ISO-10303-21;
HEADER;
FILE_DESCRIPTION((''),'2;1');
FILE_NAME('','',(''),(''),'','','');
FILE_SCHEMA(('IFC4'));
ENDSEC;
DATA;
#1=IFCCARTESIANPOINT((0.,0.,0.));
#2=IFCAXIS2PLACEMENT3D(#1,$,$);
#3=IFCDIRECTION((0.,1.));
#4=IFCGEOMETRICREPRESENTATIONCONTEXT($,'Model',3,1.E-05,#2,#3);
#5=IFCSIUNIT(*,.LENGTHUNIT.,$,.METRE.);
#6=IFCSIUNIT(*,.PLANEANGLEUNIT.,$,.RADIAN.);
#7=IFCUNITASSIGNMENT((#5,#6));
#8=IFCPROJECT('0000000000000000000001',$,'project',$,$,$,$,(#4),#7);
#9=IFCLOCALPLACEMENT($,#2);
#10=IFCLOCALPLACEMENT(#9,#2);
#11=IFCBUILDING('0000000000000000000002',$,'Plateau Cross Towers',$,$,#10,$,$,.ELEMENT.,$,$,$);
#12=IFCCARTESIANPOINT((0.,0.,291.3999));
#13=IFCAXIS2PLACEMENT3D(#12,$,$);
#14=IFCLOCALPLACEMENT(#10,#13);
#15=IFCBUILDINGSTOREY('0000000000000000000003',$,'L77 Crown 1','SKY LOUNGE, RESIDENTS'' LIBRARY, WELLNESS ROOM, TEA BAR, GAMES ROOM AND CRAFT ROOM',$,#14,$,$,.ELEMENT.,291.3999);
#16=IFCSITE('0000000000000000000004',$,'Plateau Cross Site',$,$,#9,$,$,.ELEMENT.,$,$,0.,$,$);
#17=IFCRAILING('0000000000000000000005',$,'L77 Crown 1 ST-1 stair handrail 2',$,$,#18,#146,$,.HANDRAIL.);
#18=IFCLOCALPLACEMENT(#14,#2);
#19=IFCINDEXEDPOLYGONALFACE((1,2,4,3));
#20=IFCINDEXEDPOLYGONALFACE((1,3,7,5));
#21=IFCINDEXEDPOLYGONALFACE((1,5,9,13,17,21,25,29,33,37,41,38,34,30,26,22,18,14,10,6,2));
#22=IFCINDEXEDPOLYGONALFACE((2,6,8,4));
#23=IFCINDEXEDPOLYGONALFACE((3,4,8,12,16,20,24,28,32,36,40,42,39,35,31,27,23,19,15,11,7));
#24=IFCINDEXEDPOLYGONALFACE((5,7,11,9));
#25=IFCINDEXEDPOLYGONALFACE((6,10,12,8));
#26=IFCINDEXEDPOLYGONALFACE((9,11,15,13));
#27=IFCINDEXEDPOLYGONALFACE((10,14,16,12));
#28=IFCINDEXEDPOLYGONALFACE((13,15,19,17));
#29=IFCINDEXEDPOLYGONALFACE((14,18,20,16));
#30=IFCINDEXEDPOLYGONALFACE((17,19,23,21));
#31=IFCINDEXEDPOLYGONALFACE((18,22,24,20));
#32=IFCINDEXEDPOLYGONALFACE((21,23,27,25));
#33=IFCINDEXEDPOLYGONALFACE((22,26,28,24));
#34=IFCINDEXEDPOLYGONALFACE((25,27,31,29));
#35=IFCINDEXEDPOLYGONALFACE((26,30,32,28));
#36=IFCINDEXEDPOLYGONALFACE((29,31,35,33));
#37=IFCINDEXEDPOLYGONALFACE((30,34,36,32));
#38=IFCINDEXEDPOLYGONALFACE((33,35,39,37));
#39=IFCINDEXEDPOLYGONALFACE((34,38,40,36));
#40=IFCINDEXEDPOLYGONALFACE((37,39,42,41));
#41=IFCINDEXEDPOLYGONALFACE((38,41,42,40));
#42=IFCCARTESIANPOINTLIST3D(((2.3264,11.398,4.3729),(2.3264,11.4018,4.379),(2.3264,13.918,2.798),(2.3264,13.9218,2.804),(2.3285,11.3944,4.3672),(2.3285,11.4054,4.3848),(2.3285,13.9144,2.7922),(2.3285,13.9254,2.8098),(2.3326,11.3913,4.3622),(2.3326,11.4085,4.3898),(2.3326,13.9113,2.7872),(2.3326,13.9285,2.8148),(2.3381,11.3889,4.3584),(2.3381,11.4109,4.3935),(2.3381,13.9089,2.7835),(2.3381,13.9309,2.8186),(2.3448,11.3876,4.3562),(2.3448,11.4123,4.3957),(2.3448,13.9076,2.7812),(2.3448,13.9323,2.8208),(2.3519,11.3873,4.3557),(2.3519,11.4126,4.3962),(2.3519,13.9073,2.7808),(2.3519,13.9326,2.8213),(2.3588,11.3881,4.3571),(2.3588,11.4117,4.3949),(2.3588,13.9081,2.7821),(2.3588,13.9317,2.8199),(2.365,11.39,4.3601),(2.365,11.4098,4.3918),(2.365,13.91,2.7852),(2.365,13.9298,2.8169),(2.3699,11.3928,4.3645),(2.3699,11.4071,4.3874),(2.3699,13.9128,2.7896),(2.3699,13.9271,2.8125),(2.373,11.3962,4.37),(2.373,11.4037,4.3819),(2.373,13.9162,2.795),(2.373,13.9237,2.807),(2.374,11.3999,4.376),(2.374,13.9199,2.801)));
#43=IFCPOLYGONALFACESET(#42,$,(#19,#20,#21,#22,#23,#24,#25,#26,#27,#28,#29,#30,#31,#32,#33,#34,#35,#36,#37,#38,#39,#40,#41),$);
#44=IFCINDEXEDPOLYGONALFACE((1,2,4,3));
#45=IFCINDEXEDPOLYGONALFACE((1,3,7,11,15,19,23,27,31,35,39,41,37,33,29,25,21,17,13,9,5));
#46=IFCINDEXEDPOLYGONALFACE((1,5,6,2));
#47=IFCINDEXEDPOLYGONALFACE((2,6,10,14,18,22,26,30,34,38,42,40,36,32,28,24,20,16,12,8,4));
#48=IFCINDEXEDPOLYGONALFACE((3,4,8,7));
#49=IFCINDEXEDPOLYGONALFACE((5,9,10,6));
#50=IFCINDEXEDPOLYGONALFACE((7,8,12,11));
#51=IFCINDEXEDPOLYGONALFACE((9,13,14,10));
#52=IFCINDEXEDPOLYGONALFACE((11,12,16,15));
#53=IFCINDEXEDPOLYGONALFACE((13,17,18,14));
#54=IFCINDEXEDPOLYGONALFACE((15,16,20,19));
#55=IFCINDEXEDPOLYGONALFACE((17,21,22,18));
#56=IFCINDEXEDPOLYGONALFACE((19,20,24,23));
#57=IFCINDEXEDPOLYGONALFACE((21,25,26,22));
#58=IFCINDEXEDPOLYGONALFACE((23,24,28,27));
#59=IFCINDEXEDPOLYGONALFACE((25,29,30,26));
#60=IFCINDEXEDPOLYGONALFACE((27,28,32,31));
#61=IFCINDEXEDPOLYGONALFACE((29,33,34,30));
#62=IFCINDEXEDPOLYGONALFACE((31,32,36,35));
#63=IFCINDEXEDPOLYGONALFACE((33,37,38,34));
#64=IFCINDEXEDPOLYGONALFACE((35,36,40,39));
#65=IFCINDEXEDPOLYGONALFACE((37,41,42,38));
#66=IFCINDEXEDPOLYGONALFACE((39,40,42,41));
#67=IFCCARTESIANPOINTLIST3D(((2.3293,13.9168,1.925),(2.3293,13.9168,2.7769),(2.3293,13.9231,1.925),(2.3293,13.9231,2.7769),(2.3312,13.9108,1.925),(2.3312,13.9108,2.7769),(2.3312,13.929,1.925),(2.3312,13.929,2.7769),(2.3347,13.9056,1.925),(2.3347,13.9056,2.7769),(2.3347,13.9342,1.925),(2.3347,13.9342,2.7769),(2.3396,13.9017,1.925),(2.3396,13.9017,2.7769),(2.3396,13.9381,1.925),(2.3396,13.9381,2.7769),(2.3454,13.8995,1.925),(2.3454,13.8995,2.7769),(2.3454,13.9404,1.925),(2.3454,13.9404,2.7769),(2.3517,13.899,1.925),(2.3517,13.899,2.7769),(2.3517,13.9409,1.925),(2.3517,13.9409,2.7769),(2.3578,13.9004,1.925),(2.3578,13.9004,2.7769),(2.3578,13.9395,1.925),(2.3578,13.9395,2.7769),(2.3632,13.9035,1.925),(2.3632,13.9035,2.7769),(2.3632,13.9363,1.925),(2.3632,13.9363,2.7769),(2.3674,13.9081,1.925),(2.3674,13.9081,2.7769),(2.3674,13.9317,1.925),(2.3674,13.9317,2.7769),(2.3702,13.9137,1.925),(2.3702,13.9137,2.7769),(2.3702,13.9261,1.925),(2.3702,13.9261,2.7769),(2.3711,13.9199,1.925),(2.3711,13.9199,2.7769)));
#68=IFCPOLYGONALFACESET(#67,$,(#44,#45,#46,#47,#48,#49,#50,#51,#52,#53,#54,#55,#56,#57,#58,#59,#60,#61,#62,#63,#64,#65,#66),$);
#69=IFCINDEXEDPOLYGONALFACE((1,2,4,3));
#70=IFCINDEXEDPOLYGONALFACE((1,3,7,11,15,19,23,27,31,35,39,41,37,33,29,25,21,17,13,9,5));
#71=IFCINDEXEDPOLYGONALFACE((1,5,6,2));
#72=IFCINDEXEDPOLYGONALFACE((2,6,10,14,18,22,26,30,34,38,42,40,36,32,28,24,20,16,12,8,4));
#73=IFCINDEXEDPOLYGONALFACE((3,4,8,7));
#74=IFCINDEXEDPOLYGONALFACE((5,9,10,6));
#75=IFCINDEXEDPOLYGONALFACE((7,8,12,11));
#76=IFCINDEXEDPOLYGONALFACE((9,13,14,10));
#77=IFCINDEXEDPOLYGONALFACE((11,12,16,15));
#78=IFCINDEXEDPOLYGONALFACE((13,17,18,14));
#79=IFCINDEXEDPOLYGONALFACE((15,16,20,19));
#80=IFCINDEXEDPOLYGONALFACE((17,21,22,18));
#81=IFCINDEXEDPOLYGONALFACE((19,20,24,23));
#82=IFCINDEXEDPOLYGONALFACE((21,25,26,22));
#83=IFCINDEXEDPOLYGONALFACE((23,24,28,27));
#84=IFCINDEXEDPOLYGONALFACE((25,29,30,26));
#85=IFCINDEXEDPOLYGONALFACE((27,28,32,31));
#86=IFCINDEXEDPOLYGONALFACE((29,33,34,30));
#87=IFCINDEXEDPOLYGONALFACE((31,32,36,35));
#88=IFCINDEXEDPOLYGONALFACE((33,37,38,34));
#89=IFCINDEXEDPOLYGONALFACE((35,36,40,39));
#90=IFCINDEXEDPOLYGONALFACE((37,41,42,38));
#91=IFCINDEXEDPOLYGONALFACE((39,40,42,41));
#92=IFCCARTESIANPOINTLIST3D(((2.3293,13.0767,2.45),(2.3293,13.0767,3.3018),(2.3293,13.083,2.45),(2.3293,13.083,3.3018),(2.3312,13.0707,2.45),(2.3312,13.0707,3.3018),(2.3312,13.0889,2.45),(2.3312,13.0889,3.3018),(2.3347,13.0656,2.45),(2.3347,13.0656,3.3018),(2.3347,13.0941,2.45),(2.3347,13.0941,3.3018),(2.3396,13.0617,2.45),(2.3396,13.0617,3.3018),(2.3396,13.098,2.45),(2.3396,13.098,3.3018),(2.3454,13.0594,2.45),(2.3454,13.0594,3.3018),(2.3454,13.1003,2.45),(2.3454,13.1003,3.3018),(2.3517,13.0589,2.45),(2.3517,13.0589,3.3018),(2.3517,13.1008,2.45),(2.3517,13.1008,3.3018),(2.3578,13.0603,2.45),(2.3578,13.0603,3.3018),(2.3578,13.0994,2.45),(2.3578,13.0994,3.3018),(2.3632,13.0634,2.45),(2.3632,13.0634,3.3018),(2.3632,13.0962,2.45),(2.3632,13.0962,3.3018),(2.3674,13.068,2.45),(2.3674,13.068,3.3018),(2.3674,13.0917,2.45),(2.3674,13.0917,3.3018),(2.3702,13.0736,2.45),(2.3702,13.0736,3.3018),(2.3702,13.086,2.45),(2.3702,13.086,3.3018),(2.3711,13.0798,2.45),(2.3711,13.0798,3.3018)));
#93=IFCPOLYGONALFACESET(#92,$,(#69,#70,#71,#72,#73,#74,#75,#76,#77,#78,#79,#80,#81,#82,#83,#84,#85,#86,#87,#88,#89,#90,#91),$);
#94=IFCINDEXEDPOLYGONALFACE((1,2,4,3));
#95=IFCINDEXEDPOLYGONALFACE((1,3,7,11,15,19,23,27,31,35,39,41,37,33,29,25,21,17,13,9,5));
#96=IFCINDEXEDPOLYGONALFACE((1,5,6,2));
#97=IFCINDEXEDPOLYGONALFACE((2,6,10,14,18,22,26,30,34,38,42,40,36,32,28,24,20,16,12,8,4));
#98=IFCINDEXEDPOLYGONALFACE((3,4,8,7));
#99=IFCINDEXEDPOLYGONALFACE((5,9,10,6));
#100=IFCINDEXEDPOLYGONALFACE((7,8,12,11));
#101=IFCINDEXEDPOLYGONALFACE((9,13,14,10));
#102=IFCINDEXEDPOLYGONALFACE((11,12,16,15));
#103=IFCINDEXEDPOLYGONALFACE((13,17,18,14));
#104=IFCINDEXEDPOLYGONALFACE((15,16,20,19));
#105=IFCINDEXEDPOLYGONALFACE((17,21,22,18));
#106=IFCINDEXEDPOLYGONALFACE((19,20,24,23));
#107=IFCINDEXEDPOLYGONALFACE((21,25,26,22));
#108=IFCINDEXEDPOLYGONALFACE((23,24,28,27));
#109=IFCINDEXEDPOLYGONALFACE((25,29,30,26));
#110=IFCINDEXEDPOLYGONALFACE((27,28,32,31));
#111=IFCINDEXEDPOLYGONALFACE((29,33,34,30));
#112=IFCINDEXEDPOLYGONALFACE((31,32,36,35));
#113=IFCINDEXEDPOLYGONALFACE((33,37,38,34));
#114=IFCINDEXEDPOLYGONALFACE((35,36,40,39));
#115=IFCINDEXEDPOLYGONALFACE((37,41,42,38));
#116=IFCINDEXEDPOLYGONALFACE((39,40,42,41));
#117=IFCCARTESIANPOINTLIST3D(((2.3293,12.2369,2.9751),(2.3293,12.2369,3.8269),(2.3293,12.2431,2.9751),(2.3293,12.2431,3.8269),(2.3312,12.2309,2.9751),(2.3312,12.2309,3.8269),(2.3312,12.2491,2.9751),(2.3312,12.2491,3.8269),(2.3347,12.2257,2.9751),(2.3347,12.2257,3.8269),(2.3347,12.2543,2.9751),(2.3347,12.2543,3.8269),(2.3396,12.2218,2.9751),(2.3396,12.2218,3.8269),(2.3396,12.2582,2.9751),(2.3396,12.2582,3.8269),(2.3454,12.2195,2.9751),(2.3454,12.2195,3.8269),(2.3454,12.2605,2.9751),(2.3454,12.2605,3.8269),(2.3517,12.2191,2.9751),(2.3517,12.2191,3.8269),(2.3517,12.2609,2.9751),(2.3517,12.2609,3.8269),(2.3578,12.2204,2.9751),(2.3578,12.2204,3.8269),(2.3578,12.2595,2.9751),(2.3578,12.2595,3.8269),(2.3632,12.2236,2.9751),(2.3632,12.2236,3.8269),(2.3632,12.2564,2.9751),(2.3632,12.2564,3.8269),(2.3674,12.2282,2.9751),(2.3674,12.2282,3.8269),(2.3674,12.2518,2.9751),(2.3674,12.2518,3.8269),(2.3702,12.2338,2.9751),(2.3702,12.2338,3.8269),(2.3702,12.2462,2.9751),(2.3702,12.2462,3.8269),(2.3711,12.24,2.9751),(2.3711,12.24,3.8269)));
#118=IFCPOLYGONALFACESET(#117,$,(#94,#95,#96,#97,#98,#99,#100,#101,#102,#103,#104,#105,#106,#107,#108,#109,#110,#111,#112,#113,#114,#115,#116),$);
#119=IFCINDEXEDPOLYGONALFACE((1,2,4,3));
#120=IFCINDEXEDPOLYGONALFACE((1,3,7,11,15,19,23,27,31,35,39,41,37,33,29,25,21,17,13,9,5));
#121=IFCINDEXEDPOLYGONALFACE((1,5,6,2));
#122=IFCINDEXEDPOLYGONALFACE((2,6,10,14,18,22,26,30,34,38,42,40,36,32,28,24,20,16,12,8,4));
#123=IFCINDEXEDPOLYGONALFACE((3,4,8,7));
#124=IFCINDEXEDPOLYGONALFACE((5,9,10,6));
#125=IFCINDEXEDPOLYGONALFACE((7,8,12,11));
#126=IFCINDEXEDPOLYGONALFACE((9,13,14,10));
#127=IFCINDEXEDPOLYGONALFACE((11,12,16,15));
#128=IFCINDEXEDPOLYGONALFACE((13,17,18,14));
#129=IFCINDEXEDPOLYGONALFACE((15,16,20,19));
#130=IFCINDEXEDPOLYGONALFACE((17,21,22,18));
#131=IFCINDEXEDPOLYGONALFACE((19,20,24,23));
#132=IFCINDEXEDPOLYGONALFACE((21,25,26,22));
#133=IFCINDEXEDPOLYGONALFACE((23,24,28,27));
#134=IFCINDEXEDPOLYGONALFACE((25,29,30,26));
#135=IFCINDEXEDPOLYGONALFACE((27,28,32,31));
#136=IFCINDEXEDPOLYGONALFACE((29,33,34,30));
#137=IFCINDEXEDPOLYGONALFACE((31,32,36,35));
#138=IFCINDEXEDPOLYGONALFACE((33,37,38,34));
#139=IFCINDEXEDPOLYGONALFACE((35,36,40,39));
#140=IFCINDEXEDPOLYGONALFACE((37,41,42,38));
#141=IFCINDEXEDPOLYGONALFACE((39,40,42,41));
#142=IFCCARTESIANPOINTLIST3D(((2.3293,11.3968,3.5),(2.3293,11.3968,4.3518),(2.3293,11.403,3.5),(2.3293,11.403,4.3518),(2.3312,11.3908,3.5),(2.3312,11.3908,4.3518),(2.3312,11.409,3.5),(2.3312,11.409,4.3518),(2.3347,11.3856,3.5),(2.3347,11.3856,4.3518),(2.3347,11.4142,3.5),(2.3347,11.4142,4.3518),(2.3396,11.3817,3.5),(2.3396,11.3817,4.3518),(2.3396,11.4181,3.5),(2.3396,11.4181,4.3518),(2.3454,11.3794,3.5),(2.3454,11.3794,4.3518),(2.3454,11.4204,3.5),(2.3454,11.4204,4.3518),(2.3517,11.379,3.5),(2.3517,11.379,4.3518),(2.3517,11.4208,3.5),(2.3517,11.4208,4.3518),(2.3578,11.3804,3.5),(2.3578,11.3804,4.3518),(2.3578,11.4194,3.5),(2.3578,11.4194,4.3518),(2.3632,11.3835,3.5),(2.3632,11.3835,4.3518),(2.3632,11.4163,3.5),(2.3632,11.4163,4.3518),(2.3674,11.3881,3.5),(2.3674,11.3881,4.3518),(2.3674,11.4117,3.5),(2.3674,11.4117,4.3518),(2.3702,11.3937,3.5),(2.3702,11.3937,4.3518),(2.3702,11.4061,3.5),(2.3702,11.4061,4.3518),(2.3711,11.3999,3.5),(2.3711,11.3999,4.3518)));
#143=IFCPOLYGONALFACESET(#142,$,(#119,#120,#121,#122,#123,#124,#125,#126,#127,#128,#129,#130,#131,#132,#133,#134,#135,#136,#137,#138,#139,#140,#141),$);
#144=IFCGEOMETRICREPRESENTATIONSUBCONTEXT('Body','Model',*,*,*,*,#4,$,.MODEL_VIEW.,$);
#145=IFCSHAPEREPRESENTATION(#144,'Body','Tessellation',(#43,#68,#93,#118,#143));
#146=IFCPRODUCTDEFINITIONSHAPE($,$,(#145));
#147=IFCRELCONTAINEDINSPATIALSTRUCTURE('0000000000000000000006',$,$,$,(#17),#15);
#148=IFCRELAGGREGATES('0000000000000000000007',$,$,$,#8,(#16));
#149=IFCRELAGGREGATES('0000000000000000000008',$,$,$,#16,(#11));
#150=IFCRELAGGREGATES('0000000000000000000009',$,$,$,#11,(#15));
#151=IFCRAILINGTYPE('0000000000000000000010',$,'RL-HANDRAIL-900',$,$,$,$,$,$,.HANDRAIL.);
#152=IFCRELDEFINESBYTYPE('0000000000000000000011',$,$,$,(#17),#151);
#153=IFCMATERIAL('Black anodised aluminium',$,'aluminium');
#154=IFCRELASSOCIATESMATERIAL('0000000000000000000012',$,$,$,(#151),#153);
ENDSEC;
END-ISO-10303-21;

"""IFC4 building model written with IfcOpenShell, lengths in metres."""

from ifc_helpers import new_model, si_unit, direction, frame, origin, origin_2d, place, context, subcontext, project, spatial, circle, extrude, material, type_object, element, save


model = new_model("IFC4")

# Units and contexts
model_context = context("Model", 3, precision=1e-05, world=origin(), true_north=direction((0.0, 1.0)))
body_context = subcontext(model_context, "Body", "Model", "MODEL_VIEW")
ifc_project = project(units=[si_unit("LENGTHUNIT", "METRE"), si_unit("PLANEANGLEUNIT", "RADIAN")], contexts=[model_context])

# Site, building, storey
site_placement = place(None, origin())
site = spatial("IfcSite", under=ifc_project, at=site_placement, Name="Plateau Cross Site", CompositionType="ELEMENT", RefElevation=0.0)
building_placement = place(site_placement, origin())
building = spatial("IfcBuilding", under=site, at=building_placement, Name="Plateau Cross Towers", CompositionType="ELEMENT")
storey_placement = place(building_placement, frame((0.0, 0.0, 291.3999)))
storey = spatial("IfcBuildingStorey", under=building, at=storey_placement, Name="L77 Crown 1", Description="SKY LOUNGE, RESIDENTS' LIBRARY, WELLNESS ROOM, TEA BAR, GAMES ROOM AND CRAFT ROOM", CompositionType="ELEMENT", Elevation=291.3999)

# Shared definitions
ifc_material_1 = material(Name="Black anodised aluminium", Category="aluminium")

# Railing
railing_type_1 = type_object("IfcRailingType", Name="RL-HANDRAIL-900", PredefinedType="HANDRAIL", material=ifc_material_1)
railing_1_placement = place(storey_placement, frame((2.3501, 13.9199, 1.925)))
element("IfcRailing", 1, at=railing_1_placement, inside=storey, type_object=railing_type_1, Name="L77 Crown 1 ST-1 stair handrail 2", PredefinedType="HANDRAIL", context=body_context, shape_type="SweptSolid", body=[
    extrude(circle(Radius=0.0239, at=origin_2d()), frame((0.0, 0.0, 0.876), z_axis=(0.0, -0.848008, 0.529984), x_axis=(1.0, 0.0, 0.0)), (0.0, 0.0, 1.0), 2.9717),
    extrude(circle(Radius=0.021, at=origin_2d()), origin(), (0.0, 0.0, 1.0), 0.8518),
    extrude(circle(Radius=0.021, at=origin_2d()), frame((0.0, -0.8401, 0.5249)), (0.0, 0.0, 1.0), 0.8518),
    extrude(circle(Radius=0.021, at=origin_2d()), frame((0.0, -1.6799, 1.05)), (0.0, 0.0, 1.0), 0.8518),
    extrude(circle(Radius=0.021, at=origin_2d()), frame((0.0, -2.52, 1.575)), (0.0, 0.0, 1.0), 0.8518),
])

save(model, "model.ifc")
